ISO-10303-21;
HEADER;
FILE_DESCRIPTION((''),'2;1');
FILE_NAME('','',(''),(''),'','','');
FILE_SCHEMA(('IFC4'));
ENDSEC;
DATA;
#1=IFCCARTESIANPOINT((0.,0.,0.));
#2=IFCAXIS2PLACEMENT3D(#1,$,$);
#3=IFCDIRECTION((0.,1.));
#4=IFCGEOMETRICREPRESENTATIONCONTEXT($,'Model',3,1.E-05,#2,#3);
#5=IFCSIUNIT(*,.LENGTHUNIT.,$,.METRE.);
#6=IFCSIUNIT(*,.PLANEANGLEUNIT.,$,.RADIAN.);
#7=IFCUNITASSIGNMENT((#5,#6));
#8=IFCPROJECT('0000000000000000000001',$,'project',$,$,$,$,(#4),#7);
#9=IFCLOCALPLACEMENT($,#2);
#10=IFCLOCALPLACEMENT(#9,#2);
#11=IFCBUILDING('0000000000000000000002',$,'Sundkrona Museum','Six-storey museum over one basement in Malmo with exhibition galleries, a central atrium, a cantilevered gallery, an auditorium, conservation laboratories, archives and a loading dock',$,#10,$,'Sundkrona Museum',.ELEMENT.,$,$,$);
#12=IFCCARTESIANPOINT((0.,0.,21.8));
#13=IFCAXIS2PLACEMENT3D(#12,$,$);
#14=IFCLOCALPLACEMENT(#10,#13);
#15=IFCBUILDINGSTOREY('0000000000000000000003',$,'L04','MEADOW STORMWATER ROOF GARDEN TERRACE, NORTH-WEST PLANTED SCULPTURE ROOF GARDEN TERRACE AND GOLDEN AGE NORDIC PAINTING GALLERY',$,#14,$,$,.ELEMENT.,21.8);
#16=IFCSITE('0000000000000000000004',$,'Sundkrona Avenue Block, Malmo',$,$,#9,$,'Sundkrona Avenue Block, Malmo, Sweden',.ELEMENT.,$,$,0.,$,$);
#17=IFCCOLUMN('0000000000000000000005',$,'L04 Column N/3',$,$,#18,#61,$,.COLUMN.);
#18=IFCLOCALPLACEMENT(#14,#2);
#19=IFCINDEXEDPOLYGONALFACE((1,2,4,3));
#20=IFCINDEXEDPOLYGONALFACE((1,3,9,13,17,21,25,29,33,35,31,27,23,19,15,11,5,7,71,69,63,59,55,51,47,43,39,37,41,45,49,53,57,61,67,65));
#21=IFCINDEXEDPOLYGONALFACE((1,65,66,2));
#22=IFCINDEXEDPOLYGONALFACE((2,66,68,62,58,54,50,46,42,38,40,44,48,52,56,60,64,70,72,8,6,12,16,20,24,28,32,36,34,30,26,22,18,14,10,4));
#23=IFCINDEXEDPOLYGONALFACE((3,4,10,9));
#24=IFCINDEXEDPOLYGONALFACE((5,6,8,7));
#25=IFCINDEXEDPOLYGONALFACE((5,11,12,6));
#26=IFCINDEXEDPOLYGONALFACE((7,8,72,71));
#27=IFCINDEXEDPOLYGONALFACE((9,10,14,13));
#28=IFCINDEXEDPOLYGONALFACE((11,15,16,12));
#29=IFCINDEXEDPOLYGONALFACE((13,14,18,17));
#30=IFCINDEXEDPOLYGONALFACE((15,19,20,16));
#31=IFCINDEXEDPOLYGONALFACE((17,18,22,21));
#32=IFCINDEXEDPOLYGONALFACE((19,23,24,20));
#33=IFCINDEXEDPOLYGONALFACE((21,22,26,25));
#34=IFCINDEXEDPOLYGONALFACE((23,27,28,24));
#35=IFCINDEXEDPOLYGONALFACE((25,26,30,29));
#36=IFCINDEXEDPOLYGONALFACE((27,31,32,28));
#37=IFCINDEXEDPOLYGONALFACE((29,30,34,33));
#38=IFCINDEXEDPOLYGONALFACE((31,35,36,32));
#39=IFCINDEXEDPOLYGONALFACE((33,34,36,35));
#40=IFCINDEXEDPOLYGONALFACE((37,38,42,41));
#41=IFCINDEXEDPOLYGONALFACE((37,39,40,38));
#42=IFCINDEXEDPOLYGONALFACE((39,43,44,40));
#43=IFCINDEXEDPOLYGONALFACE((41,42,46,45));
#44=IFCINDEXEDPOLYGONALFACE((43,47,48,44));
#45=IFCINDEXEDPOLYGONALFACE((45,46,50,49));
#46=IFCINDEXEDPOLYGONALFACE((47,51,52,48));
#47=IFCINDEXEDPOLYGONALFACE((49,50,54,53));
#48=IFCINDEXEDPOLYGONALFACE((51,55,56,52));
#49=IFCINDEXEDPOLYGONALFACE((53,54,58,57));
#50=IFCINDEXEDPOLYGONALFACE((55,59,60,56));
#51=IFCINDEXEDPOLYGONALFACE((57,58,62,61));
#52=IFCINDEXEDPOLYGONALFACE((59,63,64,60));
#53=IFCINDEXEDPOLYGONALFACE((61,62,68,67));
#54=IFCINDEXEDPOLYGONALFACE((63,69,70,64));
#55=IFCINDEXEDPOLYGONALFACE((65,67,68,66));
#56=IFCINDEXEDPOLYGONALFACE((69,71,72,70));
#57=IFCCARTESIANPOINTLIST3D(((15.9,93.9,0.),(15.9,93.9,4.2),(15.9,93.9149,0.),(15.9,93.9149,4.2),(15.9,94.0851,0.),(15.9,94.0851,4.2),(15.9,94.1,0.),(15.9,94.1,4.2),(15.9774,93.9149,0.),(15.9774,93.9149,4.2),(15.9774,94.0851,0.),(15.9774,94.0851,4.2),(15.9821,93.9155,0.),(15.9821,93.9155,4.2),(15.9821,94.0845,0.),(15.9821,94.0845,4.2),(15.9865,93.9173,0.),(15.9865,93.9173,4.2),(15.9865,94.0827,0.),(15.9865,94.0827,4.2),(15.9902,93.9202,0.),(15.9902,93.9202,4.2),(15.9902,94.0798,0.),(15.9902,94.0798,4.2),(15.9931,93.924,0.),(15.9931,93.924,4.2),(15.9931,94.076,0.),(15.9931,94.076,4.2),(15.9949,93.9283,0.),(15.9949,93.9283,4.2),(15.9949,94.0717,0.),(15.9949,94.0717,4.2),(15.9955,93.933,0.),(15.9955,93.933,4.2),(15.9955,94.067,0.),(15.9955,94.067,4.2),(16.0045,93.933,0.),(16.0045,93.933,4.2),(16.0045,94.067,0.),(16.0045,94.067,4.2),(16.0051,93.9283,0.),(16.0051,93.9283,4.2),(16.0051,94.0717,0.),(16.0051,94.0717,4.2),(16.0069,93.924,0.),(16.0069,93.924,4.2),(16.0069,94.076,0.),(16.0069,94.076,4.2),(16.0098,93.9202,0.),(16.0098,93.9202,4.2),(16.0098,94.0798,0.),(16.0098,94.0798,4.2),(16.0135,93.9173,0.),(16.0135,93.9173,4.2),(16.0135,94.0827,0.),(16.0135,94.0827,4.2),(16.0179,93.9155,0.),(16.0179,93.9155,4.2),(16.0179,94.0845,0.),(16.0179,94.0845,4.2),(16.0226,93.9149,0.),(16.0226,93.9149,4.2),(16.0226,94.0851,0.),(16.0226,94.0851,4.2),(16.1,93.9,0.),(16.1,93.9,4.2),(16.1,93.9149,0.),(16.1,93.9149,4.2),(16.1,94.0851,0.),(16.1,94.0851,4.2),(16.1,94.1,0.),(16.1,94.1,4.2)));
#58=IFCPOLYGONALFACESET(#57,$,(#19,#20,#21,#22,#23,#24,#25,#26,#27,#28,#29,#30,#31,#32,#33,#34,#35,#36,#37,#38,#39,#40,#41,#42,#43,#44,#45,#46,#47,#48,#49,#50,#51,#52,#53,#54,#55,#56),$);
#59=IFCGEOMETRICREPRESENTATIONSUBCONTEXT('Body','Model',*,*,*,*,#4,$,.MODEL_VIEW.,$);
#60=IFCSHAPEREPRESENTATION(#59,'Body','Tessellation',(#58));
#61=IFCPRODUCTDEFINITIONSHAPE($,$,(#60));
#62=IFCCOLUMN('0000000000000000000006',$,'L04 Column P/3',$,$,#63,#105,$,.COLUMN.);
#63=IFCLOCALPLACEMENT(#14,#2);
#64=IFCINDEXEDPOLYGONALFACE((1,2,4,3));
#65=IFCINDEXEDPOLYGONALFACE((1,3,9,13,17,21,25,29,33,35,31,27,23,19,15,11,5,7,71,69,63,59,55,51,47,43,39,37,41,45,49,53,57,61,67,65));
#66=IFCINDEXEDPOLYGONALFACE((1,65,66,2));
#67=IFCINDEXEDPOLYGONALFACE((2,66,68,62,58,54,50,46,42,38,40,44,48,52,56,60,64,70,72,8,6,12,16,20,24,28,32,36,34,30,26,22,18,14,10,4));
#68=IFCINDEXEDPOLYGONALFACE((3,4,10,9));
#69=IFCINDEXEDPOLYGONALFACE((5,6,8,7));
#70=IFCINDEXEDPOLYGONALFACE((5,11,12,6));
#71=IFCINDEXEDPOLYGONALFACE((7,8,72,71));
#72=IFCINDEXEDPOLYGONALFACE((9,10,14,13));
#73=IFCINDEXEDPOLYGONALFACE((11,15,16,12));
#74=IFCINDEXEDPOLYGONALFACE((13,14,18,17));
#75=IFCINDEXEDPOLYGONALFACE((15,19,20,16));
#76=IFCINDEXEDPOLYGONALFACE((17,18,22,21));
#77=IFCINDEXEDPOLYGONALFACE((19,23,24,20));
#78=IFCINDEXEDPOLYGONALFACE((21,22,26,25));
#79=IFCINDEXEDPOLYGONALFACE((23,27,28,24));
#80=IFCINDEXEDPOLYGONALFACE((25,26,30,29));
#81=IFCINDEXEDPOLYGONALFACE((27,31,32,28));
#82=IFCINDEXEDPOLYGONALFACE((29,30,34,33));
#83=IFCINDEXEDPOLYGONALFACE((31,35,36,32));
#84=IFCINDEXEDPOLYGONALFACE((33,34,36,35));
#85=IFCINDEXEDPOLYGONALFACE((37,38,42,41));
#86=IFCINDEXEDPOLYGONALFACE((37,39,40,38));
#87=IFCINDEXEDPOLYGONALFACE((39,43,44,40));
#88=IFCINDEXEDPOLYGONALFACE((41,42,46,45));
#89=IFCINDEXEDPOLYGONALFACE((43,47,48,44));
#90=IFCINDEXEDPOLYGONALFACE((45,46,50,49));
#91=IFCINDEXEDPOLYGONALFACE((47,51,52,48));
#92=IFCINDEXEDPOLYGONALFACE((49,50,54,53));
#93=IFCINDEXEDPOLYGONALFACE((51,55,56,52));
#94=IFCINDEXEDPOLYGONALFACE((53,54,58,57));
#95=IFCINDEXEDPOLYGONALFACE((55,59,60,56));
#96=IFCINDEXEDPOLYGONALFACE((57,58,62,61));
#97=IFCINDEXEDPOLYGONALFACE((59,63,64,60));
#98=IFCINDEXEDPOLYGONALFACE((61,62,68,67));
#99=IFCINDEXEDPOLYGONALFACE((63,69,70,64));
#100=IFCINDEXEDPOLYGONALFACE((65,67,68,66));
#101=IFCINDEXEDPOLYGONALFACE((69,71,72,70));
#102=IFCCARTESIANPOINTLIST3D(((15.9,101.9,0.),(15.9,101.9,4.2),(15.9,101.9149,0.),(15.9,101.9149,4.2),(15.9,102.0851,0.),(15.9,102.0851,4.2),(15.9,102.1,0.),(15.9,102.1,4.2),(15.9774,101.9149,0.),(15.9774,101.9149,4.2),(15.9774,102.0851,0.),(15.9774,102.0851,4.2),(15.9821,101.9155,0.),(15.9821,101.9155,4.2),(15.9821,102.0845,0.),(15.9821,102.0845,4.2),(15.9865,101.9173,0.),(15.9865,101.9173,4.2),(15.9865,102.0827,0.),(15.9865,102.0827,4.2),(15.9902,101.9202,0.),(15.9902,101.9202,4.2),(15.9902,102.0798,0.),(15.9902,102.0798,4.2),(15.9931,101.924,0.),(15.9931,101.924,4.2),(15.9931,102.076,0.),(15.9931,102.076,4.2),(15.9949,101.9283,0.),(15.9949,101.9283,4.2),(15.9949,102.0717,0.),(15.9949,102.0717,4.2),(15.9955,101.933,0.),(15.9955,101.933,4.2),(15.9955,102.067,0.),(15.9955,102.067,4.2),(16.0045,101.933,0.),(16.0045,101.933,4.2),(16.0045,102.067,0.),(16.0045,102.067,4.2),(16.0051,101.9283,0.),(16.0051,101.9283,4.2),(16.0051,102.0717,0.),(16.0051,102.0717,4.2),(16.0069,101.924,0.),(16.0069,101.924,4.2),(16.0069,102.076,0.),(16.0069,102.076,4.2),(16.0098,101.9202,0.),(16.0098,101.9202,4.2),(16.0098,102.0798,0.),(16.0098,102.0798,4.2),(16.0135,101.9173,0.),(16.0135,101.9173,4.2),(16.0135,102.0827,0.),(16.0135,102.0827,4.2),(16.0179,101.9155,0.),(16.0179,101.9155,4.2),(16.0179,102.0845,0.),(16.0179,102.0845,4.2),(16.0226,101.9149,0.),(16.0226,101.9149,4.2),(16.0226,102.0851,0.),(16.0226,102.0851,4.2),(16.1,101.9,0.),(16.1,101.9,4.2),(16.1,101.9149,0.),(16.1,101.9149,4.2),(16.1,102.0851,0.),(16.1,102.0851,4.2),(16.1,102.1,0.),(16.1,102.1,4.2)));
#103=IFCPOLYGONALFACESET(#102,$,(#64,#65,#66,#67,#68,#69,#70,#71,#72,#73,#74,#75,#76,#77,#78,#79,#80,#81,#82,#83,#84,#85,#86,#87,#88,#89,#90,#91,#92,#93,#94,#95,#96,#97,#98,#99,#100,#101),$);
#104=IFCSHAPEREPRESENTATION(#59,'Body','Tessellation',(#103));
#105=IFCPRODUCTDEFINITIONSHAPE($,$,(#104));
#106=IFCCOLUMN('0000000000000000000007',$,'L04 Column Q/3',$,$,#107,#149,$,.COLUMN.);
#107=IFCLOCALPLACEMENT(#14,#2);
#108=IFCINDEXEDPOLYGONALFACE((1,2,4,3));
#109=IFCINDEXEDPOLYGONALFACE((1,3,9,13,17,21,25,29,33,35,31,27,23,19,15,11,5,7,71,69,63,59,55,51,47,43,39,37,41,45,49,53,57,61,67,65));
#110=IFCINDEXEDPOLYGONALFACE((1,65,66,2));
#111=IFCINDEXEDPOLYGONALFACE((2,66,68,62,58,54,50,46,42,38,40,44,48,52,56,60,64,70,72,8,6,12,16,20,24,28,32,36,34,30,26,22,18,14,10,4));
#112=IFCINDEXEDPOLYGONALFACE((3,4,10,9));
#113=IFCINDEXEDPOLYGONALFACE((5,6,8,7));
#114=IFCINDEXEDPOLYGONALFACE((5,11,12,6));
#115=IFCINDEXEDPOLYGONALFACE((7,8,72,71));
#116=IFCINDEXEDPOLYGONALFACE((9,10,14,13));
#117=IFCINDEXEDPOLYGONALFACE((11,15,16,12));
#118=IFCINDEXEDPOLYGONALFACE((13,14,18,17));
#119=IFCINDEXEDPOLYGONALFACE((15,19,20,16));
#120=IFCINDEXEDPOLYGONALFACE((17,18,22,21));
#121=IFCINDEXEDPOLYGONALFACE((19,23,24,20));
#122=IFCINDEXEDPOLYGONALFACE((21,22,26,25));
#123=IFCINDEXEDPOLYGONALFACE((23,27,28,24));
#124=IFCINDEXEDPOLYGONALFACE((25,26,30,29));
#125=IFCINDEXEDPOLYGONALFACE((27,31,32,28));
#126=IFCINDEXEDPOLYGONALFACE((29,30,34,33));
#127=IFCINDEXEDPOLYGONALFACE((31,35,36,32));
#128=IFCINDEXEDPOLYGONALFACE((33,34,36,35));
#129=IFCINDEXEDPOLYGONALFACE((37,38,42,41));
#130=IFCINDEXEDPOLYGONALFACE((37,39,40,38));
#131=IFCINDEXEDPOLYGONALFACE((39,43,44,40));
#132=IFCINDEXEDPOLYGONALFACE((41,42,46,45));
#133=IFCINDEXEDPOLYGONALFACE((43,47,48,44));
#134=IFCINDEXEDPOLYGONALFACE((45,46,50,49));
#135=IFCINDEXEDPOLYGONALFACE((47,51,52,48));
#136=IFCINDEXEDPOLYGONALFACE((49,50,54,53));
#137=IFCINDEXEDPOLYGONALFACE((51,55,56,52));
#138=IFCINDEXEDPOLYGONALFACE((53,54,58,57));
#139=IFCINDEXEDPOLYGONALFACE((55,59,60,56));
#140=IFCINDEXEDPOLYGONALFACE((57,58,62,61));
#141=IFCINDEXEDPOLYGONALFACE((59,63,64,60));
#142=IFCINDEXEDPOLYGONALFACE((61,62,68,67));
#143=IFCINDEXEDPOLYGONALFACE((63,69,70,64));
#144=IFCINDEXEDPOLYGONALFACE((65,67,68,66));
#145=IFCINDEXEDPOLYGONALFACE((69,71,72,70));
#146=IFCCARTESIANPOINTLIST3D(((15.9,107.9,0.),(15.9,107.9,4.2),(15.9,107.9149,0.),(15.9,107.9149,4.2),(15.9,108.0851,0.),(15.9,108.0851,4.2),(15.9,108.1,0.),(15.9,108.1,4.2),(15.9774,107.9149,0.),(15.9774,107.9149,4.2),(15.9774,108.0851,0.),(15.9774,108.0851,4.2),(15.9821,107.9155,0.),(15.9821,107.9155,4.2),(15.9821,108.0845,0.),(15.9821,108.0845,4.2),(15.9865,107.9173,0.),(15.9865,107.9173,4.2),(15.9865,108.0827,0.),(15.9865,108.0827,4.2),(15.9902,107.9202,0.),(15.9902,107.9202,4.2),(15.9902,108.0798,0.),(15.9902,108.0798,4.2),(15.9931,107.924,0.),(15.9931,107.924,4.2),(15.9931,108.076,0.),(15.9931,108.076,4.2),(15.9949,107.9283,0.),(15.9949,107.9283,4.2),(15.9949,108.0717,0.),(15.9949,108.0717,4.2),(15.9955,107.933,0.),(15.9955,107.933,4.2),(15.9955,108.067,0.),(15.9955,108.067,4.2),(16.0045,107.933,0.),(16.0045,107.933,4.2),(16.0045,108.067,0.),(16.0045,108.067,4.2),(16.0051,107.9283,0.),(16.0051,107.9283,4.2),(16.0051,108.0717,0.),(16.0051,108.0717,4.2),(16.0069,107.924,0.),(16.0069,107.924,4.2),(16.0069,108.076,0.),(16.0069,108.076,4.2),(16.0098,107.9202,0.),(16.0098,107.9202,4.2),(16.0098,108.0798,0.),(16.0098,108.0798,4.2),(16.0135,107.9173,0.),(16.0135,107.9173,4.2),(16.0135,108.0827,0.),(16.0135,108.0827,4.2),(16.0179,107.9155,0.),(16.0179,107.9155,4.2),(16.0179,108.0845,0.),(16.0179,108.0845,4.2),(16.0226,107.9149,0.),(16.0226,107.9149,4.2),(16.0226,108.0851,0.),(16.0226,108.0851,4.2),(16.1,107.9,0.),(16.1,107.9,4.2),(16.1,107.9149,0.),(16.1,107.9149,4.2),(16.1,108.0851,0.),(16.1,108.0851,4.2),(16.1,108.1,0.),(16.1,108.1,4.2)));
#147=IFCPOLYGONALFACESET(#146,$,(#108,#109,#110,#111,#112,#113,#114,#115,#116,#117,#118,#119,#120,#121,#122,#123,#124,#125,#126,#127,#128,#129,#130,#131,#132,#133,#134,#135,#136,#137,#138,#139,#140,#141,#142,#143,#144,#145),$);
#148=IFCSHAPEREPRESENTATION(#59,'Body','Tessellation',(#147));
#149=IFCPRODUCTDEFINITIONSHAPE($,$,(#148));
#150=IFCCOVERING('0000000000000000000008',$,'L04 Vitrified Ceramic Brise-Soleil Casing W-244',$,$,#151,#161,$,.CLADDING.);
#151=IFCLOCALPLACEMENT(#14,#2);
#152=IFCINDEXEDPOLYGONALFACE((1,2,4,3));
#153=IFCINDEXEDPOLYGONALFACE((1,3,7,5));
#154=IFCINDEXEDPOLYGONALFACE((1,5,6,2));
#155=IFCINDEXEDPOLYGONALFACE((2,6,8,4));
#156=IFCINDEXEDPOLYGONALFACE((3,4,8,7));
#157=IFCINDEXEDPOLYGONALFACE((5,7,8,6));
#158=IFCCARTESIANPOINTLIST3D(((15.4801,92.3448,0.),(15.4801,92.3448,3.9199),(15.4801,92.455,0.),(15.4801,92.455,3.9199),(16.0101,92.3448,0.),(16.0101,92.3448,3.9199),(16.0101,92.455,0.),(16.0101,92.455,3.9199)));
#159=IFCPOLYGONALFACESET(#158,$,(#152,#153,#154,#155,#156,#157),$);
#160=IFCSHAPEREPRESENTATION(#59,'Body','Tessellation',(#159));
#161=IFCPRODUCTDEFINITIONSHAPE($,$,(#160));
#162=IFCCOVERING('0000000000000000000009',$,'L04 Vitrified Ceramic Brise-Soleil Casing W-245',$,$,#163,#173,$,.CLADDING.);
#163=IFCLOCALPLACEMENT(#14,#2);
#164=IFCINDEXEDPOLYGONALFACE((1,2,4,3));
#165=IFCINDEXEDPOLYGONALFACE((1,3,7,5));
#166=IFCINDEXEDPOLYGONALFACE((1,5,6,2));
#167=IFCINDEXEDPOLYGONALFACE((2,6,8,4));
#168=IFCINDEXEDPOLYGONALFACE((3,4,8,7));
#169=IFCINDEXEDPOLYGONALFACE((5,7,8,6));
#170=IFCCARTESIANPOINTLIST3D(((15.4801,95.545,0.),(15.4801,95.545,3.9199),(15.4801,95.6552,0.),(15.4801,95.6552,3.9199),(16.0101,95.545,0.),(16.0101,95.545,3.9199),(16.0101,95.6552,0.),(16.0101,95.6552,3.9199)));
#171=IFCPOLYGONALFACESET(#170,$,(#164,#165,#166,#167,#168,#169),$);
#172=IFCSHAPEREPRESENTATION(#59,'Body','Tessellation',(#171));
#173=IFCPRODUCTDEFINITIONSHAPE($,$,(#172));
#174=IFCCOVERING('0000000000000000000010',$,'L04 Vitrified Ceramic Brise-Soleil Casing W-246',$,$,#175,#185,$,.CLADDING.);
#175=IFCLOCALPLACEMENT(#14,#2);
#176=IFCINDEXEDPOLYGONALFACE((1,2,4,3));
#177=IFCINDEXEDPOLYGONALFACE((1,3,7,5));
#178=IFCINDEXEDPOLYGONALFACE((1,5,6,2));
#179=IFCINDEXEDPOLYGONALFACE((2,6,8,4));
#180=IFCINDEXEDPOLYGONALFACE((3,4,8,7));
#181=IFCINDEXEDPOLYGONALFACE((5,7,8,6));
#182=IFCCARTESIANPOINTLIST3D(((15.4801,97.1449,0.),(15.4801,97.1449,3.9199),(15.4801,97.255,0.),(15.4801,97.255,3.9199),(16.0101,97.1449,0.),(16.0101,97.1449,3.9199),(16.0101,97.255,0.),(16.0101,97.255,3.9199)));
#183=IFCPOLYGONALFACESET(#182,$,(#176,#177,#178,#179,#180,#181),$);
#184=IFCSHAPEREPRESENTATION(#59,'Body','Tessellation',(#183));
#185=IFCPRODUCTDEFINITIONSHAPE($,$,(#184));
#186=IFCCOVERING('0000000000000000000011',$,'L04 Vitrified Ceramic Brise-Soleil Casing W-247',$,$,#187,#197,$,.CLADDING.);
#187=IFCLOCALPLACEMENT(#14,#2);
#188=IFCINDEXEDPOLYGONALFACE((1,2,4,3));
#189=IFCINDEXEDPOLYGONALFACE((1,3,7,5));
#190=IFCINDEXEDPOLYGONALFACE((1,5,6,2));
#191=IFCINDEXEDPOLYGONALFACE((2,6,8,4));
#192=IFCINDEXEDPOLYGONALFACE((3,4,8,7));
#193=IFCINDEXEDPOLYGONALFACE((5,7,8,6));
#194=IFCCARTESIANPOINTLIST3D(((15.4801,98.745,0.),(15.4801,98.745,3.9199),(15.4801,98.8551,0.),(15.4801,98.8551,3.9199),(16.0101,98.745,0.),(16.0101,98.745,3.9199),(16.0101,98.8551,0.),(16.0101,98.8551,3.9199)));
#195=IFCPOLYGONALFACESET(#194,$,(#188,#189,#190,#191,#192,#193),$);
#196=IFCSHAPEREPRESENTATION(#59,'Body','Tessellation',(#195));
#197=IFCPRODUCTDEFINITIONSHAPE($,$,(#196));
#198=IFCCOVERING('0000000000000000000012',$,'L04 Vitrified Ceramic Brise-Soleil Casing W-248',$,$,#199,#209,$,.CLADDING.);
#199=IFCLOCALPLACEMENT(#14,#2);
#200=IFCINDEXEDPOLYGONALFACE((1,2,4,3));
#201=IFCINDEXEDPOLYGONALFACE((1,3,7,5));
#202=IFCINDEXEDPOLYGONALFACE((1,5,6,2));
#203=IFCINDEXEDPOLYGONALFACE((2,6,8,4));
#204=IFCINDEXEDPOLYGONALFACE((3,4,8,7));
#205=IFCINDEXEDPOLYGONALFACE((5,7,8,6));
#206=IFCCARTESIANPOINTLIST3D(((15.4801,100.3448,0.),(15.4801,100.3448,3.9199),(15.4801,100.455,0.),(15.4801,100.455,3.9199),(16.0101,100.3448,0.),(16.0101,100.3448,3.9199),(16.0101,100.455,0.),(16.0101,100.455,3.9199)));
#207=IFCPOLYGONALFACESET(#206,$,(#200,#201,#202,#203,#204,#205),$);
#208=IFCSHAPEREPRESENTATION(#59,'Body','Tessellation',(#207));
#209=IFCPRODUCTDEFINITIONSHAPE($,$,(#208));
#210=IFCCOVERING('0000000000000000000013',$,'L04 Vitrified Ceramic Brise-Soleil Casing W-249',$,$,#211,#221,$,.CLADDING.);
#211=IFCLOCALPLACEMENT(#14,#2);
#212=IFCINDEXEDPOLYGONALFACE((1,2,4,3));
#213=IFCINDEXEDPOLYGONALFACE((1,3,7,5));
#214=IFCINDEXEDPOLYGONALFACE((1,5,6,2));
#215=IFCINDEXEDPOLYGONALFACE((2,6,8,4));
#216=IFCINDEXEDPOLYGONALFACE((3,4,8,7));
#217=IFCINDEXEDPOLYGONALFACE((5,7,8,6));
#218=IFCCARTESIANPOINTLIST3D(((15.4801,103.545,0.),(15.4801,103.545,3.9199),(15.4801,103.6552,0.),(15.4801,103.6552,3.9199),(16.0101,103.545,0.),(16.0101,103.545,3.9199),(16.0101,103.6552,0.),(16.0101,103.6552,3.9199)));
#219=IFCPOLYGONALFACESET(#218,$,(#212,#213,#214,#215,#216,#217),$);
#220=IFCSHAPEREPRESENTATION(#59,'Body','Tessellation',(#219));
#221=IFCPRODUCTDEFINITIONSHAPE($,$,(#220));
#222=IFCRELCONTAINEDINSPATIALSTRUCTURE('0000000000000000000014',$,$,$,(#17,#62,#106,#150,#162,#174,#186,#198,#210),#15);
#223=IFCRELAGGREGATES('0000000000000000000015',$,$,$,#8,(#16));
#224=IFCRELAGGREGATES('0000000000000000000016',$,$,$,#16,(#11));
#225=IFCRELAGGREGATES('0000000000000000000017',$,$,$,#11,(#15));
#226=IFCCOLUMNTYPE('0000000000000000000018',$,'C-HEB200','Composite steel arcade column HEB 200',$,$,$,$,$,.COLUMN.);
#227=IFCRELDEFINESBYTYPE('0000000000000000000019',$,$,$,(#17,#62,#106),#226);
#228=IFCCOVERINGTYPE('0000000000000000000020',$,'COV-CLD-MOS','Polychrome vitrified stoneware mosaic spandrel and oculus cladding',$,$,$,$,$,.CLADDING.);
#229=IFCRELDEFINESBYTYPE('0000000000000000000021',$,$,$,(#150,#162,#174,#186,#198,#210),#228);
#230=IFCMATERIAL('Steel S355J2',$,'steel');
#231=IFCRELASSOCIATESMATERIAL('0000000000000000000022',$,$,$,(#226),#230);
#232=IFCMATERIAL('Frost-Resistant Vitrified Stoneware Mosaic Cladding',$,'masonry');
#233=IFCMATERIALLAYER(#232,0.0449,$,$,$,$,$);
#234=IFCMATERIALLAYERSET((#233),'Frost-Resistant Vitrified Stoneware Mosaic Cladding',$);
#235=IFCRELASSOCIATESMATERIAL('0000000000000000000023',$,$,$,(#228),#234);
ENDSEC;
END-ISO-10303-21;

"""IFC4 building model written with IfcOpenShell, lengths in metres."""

from ifc_helpers import new_model, si_unit, direction, frame, origin, origin_2d, place, context, subcontext, project, spatial, rectangle, i_section, extrude, material, layer, layer_set, material_profile, profile_set, type_object, element, save


model = new_model("IFC4")

# Units and contexts
model_context = context("Model", 3, precision=1e-05, world=origin(), true_north=direction((0.0, 1.0)))
body_context = subcontext(model_context, "Body", "Model", "MODEL_VIEW")
ifc_project = project(units=[si_unit("LENGTHUNIT", "METRE"), si_unit("PLANEANGLEUNIT", "RADIAN")], contexts=[model_context])

# Site, building, storey
site_placement = place(None, origin())
site = spatial("IfcSite", under=ifc_project, at=site_placement, Name="Sundkrona Avenue Block, Malmo", LongName="Sundkrona Avenue Block, Malmo, Sweden", CompositionType="ELEMENT", RefElevation=0.0)
building_placement = place(site_placement, origin())
building = spatial("IfcBuilding", under=site, at=building_placement, Name="Sundkrona Museum", Description="Six-storey museum over one basement in Malmo with exhibition galleries, a central atrium, a cantilevered gallery, an auditorium, conservation laboratories, archives and a loading dock", LongName="Sundkrona Museum", CompositionType="ELEMENT")
storey_placement = place(building_placement, frame((0.0, 0.0, 21.8)))
storey = spatial("IfcBuildingStorey", under=building, at=storey_placement, Name="L04", Description="MEADOW STORMWATER ROOF GARDEN TERRACE, NORTH-WEST PLANTED SCULPTURE ROOF GARDEN TERRACE AND GOLDEN AGE NORDIC PAINTING GALLERY", CompositionType="ELEMENT", Elevation=21.8)

# Columns
ifc_material_1 = material(Name="Steel S355J2", Category="steel")
ifc_material_profile = material_profile(ifc_material_1, i_section(OverallWidth=0.2, OverallDepth=0.2, WebThickness=0.009, FlangeThickness=0.0149, FilletRadius=0.0181, at=origin_2d()), Name="HEB 200")
ifc_profile_set = profile_set([ifc_material_profile], Name="Steel S355J2")
column_type = type_object("IfcColumnType", Name="C-HEB200", Description="Composite steel arcade column HEB 200", PredefinedType="COLUMN", material=ifc_profile_set)
for number, where, z_axis, x_axis, name in (
    (1, (16.0, 94.0, 0.0), (0.0, 0.0, 1.0), (1.0, 0.0, 0.0), "L04 Column N/3"),
    (2, (16.0, 102.0, 0.0), (0.0, 0.0, 1.0), (1.0, 0.0, 0.0), "L04 Column P/3"),
    (3, (16.0, 108.0, 0.0), (0.0, 0.0, 1.0), (1.0, 0.0, 0.0), "L04 Column Q/3"),
):
    element("IfcColumn", number, at=place(storey_placement, frame(where, z_axis=z_axis, x_axis=x_axis)), inside=storey, type_object=column_type, Name=name, PredefinedType="COLUMN", context=body_context, shape_type="SweptSolid", body=[
        extrude(i_section(OverallWidth=0.2, OverallDepth=0.2, WebThickness=0.009, FlangeThickness=0.0149, FilletRadius=0.0181, at=origin_2d()), origin(), (0.0, 0.0, 1.0), 4.2),
    ])

# Coverings
ifc_material_2 = material(Name="Frost-Resistant Vitrified Stoneware Mosaic Cladding", Category="masonry")
ifc_layer_1 = layer(ifc_material_2, 0.0449)
ifc_layer_set_1 = layer_set([ifc_layer_1], Name="Frost-Resistant Vitrified Stoneware Mosaic Cladding")
covering_type = type_object("IfcCoveringType", Name="COV-CLD-MOS", Description="Polychrome vitrified stoneware mosaic spandrel and oculus cladding", PredefinedType="CLADDING", material=ifc_layer_set_1)
for number, where, z_axis, x_axis, name in (
    (4, (15.7451, 92.3999, 0.0), (0.0, 0.0, 1.0), (1.0, 0.0, 0.0), "L04 Vitrified Ceramic Brise-Soleil Casing W-244"),
    (5, (15.7451, 95.6001, 0.0), (0.0, 0.0, 1.0), (1.0, 0.0, 0.0), "L04 Vitrified Ceramic Brise-Soleil Casing W-245"),
    (6, (15.7451, 97.2, 0.0), (0.0, 0.0, 1.0), (1.0, 0.0, 0.0), "L04 Vitrified Ceramic Brise-Soleil Casing W-246"),
    (7, (15.7451, 98.8, 0.0), (0.0, 0.0, 1.0), (1.0, 0.0, 0.0), "L04 Vitrified Ceramic Brise-Soleil Casing W-247"),
    (8, (15.7451, 100.3999, 0.0), (0.0, 0.0, 1.0), (1.0, 0.0, 0.0), "L04 Vitrified Ceramic Brise-Soleil Casing W-248"),
    (9, (15.7451, 103.6001, 0.0), (0.0, 0.0, 1.0), (1.0, 0.0, 0.0), "L04 Vitrified Ceramic Brise-Soleil Casing W-249"),
):
    element("IfcCovering", number, at=place(storey_placement, frame(where, z_axis=z_axis, x_axis=x_axis)), inside=storey, type_object=covering_type, Name=name, PredefinedType="CLADDING", context=body_context, shape_type="SweptSolid", body=[
        extrude(rectangle(XDim=0.53, YDim=0.1101, at=origin_2d()), origin(), (0.0, 0.0, 1.0), 3.9199),
    ])

save(model, "model.ifc")
